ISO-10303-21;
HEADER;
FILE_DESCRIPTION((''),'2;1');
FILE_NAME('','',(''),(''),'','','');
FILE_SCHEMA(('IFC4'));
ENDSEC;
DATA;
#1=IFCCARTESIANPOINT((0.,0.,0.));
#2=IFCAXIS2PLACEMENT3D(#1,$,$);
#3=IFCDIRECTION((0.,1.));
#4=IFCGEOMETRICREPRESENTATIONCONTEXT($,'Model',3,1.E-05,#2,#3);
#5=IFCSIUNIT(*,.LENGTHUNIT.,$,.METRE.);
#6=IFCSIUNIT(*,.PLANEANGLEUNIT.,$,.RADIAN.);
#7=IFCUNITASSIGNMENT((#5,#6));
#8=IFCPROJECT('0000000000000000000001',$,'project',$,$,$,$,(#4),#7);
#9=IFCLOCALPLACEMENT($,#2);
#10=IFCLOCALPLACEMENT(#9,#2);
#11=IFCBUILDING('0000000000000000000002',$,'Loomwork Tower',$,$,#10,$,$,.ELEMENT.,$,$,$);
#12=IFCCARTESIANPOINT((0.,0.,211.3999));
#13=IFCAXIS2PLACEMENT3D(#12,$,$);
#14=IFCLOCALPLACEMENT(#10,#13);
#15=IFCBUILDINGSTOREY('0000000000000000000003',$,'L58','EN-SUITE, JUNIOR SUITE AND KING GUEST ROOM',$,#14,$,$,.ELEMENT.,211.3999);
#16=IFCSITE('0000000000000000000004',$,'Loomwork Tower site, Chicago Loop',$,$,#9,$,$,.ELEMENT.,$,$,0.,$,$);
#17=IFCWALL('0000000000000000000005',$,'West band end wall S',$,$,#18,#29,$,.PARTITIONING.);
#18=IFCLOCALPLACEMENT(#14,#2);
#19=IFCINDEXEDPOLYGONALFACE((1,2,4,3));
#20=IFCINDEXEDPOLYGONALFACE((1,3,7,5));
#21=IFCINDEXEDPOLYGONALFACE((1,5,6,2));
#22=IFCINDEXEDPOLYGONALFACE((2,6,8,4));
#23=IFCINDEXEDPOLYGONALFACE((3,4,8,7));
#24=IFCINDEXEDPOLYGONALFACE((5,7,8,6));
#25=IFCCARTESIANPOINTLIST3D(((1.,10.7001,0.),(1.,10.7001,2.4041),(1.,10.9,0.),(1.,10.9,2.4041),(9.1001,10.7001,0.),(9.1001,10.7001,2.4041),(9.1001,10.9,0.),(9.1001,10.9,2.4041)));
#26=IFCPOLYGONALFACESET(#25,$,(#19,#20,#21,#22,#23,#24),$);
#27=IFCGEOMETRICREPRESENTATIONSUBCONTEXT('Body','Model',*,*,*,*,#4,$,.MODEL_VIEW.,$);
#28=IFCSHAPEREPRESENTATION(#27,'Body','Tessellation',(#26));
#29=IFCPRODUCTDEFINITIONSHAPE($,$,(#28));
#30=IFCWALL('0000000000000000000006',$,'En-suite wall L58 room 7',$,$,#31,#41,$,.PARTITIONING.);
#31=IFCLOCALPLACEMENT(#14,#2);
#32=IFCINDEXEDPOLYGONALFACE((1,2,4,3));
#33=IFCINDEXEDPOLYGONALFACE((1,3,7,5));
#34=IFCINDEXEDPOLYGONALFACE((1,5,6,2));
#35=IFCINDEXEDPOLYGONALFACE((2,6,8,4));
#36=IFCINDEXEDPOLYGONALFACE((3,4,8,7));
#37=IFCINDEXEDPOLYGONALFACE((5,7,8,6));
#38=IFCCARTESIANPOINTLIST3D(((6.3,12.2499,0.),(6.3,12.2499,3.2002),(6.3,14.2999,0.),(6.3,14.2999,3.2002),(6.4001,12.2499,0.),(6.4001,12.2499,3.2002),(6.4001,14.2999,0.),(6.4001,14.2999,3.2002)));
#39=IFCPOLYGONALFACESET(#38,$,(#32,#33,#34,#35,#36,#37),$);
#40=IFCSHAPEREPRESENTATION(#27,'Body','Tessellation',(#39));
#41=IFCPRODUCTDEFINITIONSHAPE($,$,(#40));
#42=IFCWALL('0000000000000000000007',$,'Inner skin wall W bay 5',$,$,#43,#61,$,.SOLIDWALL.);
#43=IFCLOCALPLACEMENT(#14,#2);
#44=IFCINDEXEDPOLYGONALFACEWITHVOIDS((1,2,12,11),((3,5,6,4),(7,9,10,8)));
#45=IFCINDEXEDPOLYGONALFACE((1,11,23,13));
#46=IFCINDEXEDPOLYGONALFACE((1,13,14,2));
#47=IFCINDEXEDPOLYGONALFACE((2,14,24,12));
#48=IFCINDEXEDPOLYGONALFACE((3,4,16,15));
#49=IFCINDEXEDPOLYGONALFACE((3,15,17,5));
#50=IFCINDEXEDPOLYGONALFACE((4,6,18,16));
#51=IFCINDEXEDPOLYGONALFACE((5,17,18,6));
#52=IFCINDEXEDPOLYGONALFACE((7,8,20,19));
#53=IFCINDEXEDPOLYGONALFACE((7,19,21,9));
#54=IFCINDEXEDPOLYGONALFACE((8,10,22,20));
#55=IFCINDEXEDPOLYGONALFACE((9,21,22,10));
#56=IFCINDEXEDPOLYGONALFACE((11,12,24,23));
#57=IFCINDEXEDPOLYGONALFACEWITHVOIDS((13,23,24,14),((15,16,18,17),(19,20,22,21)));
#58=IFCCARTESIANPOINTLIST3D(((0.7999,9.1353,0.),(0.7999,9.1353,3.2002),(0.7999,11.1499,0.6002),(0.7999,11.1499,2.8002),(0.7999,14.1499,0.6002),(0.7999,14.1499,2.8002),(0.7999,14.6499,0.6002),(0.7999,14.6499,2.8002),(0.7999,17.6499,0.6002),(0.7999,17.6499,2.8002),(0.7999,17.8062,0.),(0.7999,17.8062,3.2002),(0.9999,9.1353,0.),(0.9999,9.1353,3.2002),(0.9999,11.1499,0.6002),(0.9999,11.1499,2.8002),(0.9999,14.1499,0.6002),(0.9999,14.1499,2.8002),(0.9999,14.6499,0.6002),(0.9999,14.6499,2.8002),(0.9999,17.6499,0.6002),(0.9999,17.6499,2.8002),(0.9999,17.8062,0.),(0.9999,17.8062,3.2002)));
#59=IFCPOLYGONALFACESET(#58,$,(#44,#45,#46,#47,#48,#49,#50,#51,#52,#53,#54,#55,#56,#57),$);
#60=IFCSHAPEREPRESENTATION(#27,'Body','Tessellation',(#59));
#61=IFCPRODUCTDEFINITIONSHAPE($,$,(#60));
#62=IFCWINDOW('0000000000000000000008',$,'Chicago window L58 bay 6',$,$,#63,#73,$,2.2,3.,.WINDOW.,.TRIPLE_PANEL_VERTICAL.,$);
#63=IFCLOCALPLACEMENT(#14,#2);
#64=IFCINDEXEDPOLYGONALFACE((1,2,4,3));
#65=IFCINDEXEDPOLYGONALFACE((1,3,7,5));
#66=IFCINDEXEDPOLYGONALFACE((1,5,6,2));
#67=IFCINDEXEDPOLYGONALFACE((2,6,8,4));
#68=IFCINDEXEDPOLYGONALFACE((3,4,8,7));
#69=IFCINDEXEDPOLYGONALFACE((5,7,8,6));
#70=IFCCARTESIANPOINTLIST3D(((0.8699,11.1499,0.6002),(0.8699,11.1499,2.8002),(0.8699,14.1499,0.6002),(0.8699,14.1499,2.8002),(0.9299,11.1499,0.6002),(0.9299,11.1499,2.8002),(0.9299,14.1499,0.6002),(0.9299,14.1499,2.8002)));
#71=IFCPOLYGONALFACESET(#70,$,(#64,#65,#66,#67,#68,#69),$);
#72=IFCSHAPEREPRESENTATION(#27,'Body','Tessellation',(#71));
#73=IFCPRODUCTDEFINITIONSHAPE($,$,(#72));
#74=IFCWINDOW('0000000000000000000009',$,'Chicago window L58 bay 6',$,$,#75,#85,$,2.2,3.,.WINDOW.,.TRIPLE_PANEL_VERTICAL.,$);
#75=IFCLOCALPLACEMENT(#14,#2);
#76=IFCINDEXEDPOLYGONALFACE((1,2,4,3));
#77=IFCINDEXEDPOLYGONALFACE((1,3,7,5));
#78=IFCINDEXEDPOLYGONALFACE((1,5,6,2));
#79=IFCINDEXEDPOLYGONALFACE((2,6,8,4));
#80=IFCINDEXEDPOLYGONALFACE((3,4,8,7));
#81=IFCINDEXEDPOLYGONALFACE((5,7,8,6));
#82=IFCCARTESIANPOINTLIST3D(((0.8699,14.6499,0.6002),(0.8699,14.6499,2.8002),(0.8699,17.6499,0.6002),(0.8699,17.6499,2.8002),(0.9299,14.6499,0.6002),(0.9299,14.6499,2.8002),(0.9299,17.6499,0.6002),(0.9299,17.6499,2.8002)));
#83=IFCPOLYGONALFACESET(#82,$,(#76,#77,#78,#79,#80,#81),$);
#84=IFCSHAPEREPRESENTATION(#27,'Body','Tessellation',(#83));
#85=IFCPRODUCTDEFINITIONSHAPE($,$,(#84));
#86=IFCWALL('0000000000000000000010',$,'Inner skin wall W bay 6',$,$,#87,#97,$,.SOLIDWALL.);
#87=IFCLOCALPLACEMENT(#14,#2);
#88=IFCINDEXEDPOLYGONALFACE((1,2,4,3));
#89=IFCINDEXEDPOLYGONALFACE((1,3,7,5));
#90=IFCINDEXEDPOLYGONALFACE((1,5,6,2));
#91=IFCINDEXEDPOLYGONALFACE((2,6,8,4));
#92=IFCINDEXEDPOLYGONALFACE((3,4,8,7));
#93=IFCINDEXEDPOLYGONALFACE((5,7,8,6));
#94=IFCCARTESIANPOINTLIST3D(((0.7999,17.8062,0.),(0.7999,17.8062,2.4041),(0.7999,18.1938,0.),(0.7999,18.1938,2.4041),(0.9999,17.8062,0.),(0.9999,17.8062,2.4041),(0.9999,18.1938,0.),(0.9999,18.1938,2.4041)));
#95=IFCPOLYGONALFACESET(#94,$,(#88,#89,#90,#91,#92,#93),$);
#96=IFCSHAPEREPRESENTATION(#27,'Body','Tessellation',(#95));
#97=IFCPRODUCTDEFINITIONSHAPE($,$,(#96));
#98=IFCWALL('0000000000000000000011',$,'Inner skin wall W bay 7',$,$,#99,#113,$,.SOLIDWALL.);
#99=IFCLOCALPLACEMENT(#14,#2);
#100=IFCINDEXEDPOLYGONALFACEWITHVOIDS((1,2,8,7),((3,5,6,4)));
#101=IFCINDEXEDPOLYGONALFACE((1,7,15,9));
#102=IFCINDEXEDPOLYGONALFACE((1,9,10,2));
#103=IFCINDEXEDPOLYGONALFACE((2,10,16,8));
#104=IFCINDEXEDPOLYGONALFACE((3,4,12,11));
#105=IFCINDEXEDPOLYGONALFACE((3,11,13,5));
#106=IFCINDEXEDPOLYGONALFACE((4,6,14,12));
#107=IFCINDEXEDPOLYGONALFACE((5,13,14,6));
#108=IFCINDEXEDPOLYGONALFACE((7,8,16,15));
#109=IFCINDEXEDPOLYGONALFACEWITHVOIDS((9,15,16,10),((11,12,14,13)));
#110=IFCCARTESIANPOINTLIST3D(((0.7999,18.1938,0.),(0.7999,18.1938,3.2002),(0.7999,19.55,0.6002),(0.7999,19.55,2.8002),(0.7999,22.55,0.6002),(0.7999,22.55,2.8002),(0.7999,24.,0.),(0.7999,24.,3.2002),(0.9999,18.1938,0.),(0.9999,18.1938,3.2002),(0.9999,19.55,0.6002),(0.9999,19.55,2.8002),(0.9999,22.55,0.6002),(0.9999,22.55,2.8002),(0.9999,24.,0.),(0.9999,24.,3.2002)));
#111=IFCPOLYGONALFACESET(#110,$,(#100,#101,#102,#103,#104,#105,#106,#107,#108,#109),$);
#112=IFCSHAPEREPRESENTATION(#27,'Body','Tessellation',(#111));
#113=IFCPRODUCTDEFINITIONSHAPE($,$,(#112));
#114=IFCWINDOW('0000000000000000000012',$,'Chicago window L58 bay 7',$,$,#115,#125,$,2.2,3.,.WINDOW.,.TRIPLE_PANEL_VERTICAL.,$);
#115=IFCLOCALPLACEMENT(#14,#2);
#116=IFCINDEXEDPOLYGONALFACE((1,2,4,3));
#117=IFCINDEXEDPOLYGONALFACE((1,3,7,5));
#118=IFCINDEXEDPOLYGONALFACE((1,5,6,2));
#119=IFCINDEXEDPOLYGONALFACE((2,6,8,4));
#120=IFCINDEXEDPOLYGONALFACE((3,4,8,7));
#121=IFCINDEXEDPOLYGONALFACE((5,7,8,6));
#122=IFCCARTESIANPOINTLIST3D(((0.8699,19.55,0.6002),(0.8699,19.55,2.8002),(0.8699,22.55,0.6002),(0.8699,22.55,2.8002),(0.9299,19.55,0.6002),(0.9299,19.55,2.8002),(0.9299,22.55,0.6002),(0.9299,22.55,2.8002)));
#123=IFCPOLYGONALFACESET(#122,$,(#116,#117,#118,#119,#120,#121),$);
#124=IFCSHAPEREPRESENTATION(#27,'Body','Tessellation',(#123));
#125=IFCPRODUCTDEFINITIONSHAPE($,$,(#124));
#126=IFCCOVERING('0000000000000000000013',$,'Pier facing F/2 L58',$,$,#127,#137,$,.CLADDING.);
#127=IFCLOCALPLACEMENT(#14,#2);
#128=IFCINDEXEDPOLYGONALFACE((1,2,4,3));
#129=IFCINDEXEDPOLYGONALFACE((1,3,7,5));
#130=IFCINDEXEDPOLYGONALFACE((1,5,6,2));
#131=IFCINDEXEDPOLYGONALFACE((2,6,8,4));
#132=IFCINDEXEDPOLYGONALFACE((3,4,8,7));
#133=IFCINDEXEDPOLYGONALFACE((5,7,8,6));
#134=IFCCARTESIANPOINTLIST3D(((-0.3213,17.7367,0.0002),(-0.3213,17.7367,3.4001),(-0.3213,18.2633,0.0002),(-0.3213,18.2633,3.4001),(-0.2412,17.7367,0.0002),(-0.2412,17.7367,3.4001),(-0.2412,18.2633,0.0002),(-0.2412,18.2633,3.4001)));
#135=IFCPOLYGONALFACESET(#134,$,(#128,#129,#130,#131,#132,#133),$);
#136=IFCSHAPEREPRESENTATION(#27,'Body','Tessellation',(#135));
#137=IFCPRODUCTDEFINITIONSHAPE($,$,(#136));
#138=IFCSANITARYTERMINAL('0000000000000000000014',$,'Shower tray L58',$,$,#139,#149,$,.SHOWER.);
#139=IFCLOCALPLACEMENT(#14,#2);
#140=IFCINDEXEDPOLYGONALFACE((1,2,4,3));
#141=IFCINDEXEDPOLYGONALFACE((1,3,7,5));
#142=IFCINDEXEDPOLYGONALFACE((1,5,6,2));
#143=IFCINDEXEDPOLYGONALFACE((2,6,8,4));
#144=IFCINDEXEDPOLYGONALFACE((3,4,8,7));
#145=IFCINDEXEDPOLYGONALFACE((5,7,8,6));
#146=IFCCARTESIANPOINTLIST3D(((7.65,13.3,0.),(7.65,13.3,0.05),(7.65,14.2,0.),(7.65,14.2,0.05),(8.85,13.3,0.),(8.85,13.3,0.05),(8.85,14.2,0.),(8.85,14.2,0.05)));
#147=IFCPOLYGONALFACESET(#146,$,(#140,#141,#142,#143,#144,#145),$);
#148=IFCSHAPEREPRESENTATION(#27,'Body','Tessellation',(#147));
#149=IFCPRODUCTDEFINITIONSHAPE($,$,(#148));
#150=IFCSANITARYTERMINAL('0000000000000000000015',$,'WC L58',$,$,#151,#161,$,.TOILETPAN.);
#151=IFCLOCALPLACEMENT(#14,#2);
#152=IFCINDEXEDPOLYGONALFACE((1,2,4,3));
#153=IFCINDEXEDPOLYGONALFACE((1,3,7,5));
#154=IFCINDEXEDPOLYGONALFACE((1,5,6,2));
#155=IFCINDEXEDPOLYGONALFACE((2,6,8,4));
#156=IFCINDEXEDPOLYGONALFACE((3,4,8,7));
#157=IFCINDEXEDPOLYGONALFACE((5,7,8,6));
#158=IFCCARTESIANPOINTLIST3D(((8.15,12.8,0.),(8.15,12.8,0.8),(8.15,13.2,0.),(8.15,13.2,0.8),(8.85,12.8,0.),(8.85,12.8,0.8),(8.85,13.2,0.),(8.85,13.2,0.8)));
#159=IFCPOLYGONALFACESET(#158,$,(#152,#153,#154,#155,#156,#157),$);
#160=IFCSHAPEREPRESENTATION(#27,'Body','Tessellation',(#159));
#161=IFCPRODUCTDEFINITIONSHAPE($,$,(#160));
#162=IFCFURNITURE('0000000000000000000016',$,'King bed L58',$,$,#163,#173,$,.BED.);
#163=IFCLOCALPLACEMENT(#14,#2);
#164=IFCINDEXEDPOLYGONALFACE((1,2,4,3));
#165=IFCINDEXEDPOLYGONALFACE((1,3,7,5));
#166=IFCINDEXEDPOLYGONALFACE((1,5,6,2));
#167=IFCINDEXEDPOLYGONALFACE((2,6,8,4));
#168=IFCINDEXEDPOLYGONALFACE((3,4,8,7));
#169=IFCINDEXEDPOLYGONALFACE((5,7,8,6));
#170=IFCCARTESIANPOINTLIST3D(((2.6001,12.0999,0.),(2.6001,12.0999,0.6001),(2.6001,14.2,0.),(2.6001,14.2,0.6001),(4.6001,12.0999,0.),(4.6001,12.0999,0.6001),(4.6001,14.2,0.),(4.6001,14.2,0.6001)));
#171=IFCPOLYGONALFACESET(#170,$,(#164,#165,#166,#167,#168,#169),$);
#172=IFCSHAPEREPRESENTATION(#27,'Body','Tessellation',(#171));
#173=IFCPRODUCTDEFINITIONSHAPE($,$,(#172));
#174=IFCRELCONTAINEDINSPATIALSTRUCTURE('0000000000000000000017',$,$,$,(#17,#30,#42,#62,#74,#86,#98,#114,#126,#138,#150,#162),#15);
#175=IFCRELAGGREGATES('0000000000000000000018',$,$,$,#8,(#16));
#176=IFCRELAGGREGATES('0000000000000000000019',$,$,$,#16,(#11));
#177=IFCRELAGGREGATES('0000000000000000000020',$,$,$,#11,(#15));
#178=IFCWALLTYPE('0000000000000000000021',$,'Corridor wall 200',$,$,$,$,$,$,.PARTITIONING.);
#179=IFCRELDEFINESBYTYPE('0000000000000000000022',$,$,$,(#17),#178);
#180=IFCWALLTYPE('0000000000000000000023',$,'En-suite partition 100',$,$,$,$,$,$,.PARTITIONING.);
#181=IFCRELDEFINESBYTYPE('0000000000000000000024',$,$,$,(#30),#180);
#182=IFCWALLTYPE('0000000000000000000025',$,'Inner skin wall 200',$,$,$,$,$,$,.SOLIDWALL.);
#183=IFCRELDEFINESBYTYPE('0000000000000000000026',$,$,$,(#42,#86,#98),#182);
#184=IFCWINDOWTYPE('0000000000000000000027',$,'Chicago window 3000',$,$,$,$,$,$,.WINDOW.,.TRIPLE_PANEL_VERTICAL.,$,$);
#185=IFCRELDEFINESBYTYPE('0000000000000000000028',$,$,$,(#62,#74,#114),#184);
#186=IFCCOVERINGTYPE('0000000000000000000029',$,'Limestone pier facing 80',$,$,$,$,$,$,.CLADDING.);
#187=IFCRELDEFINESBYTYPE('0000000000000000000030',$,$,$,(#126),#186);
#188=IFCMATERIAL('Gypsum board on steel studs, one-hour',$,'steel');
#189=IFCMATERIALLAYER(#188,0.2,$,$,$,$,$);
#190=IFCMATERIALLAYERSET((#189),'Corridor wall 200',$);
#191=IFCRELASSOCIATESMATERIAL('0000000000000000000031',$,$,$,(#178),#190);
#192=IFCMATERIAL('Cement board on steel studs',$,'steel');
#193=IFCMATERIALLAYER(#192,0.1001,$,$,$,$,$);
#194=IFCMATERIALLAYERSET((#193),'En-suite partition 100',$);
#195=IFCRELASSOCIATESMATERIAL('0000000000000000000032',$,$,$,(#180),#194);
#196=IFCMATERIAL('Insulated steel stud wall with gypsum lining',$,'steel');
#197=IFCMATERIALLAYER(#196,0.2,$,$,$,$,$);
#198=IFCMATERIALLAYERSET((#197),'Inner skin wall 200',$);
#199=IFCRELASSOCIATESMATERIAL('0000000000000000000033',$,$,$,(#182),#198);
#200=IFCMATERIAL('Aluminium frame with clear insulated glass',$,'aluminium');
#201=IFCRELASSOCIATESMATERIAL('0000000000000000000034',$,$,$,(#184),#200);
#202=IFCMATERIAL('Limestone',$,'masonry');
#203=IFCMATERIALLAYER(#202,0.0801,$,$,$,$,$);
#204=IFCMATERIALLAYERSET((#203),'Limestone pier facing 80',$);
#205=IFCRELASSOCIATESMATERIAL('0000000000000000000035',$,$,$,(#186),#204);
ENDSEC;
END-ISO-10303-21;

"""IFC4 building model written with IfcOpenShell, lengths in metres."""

from ifc_helpers import new_model, si_unit, direction, frame, frame_2d, origin, origin_2d, place, context, subcontext, project, spatial, rectangle, extrude, material, layer, layer_set, type_object, element, fill, save


model = new_model("IFC4")

# Units and contexts
model_context = context("Model", 3, precision=1e-05, world=origin(), true_north=direction((0.0, 1.0)))
body_context = subcontext(model_context, "Body", "Model", "MODEL_VIEW")
ifc_project = project(units=[si_unit("LENGTHUNIT", "METRE"), si_unit("PLANEANGLEUNIT", "RADIAN")], contexts=[model_context])

# Site, building, storey
site_placement = place(None, origin())
site = spatial("IfcSite", under=ifc_project, at=site_placement, Name="Loomwork Tower site, Chicago Loop", CompositionType="ELEMENT", RefElevation=0.0)
building_placement = place(site_placement, origin())
building = spatial("IfcBuilding", under=site, at=building_placement, Name="Loomwork Tower", CompositionType="ELEMENT")
storey_placement = place(building_placement, frame((0.0, 0.0, 211.3999)))
storey = spatial("IfcBuildingStorey", under=building, at=storey_placement, Name="L58", Description="EN-SUITE, JUNIOR SUITE AND KING GUEST ROOM", CompositionType="ELEMENT", Elevation=211.3999)

# Walls
ifc_material_1 = material(Name="Gypsum board on steel studs, one-hour", Category="steel")
ifc_layer_1 = layer(ifc_material_1, 0.2)
ifc_layer_set_1 = layer_set([ifc_layer_1], Name="Corridor wall 200")
wall_type_1 = type_object("IfcWallType", Name="Corridor wall 200", PredefinedType="PARTITIONING", material=ifc_layer_set_1)
wall_1_placement = place(storey_placement, frame((1.0, 10.8, 0.0), z_axis=(0.0, 0.0, 1.0), x_axis=(1.0, 0.0, 0.0)))
element("IfcWall", 1, at=wall_1_placement, inside=storey, type_object=wall_type_1, Name="West band end wall S", PredefinedType="PARTITIONING", context=body_context, shape_type="SweptSolid", body=[
    extrude(rectangle(XDim=8.1001, YDim=0.2, at=frame_2d((4.05, 0.0))), origin(), (0.0, 0.0, 1.0), 2.4041),
])
ifc_material_2 = material(Name="Cement board on steel studs", Category="steel")
ifc_layer_2 = layer(ifc_material_2, 0.1001)
ifc_layer_set_2 = layer_set([ifc_layer_2], Name="En-suite partition 100")
wall_type_2 = type_object("IfcWallType", Name="En-suite partition 100", PredefinedType="PARTITIONING", material=ifc_layer_set_2)
wall_2_placement = place(storey_placement, frame((6.3501, 12.25, 0.0), z_axis=(0.0, 0.0, 1.0), x_axis=(0.0, 1.0, 0.0)))
element("IfcWall", 2, at=wall_2_placement, inside=storey, type_object=wall_type_2, Name="En-suite wall L58 room 7", PredefinedType="PARTITIONING", context=body_context, shape_type="SweptSolid", body=[
    extrude(rectangle(XDim=2.05, YDim=0.1001, at=frame_2d((1.0249, 0.0))), origin(), (0.0, 0.0, 1.0), 3.2002),
])

# Wall, openings, windows
ifc_material_3 = material(Name="Insulated steel stud wall with gypsum lining", Category="steel")
ifc_layer_3 = layer(ifc_material_3, 0.2)
ifc_layer_set_3 = layer_set([ifc_layer_3], Name="Inner skin wall 200")
wall_type_3 = type_object("IfcWallType", Name="Inner skin wall 200", PredefinedType="SOLIDWALL", material=ifc_layer_set_3)
wall_3_placement = place(storey_placement, frame((0.8999, 9.1353, 0.0), z_axis=(0.0, 0.0, 1.0), x_axis=(0.0, 1.0, 0.0)))
wall_3 = element("IfcWall", 3, at=wall_3_placement, inside=storey, type_object=wall_type_3, Name="Inner skin wall W bay 5", PredefinedType="SOLIDWALL", context=body_context, shape_type="SweptSolid", body=[
    extrude(rectangle(XDim=8.6709, YDim=0.2, at=frame_2d((4.3354, 0.0))), origin(), (0.0, 0.0, 1.0), 3.2002),
])
opening_1_placement = place(wall_3_placement, frame((2.0146, 0.0, 0.6001)))
opening_1 = element("IfcOpeningElement", 4, at=opening_1_placement, cuts=wall_3, PredefinedType="OPENING", context=body_context, shape_type="SweptSolid", body=[
    extrude(rectangle(XDim=3.0, YDim=2.2, at=frame_2d((1.5, 1.1001))), frame((0.0, 0.1099, 0.0), z_axis=(0.0, -1.0, 0.0), x_axis=(1.0, 0.0, 0.0)), (0.0, 0.0, 1.0), 0.22),
])
opening_2_placement = place(wall_3_placement, frame((5.5146, 0.0, 0.6001)))
opening_2 = element("IfcOpeningElement", 5, at=opening_2_placement, cuts=wall_3, PredefinedType="OPENING", context=body_context, shape_type="SweptSolid", body=[
    extrude(rectangle(XDim=3.0, YDim=2.2, at=frame_2d((1.5, 1.1001))), frame((0.0, 0.1099, 0.0), z_axis=(0.0, -1.0, 0.0), x_axis=(1.0, 0.0, 0.0)), (0.0, 0.0, 1.0), 0.22),
])
ifc_material_4 = material(Name="Aluminium frame with clear insulated glass", Category="aluminium")
window_type = type_object("IfcWindowType", Name="Chicago window 3000", PartitioningType="TRIPLE_PANEL_VERTICAL", PredefinedType="WINDOW", material=ifc_material_4)
window_1_placement = place(opening_1_placement, origin())
window_1 = element("IfcWindow", 6, at=window_1_placement, inside=storey, type_object=window_type, Name="Chicago window L58 bay 6", OverallHeight=2.2, OverallWidth=3.0, PartitioningType="TRIPLE_PANEL_VERTICAL", PredefinedType="WINDOW", context=body_context, shape_type="SweptSolid", body=[
    extrude(rectangle(XDim=3.0, YDim=2.2, at=frame_2d((1.5, 1.1001))), frame((0.0, 0.03, 0.0), z_axis=(0.0, -1.0, 0.0), x_axis=(1.0, 0.0, 0.0)), (0.0, 0.0, 1.0), 0.0601),
])
fill(opening_1, window_1)
window_2_placement = place(opening_2_placement, origin())
window_2 = element("IfcWindow", 7, at=window_2_placement, inside=storey, type_object=window_type, Name="Chicago window L58 bay 6", OverallHeight=2.2, OverallWidth=3.0, PartitioningType="TRIPLE_PANEL_VERTICAL", PredefinedType="WINDOW", context=body_context, shape_type="SweptSolid", body=[
    extrude(rectangle(XDim=3.0, YDim=2.2, at=frame_2d((1.5, 1.1001))), frame((0.0, 0.03, 0.0), z_axis=(0.0, -1.0, 0.0), x_axis=(1.0, 0.0, 0.0)), (0.0, 0.0, 1.0), 0.0601),
])
fill(opening_2, window_2)

# Wall
wall_4_placement = place(storey_placement, frame((0.8999, 17.8062, 0.0), z_axis=(0.0, 0.0, 1.0), x_axis=(0.0, 1.0, 0.0)))
element("IfcWall", 8, at=wall_4_placement, inside=storey, type_object=wall_type_3, Name="Inner skin wall W bay 6", PredefinedType="SOLIDWALL", context=body_context, shape_type="SweptSolid", body=[
    extrude(rectangle(XDim=0.3877, YDim=0.2, at=frame_2d((0.1938, 0.0))), origin(), (0.0, 0.0, 1.0), 2.4041),
])

# Wall, opening, window
wall_5_placement = place(storey_placement, frame((0.8999, 18.1938, 0.0), z_axis=(0.0, 0.0, 1.0), x_axis=(0.0, 1.0, 0.0)))
wall_5 = element("IfcWall", 9, at=wall_5_placement, inside=storey, type_object=wall_type_3, Name="Inner skin wall W bay 7", PredefinedType="SOLIDWALL", context=body_context, shape_type="SweptSolid", body=[
    extrude(rectangle(XDim=5.8062, YDim=0.2, at=frame_2d((2.9031, 0.0))), origin(), (0.0, 0.0, 1.0), 3.2002),
])
opening_3_placement = place(wall_5_placement, frame((1.3562, 0.0, 0.6001)))
opening_3 = element("IfcOpeningElement", 10, at=opening_3_placement, cuts=wall_5, PredefinedType="OPENING", context=body_context, shape_type="SweptSolid", body=[
    extrude(rectangle(XDim=3.0, YDim=2.2, at=frame_2d((1.5, 1.1001))), frame((0.0, 0.1099, 0.0), z_axis=(0.0, -1.0, 0.0), x_axis=(1.0, 0.0, 0.0)), (0.0, 0.0, 1.0), 0.22),
])
window_3_placement = place(opening_3_placement, origin())
window_3 = element("IfcWindow", 11, at=window_3_placement, inside=storey, type_object=window_type, Name="Chicago window L58 bay 7", OverallHeight=2.2, OverallWidth=3.0, PartitioningType="TRIPLE_PANEL_VERTICAL", PredefinedType="WINDOW", context=body_context, shape_type="SweptSolid", body=[
    extrude(rectangle(XDim=3.0, YDim=2.2, at=frame_2d((1.5, 1.1001))), frame((0.0, 0.03, 0.0), z_axis=(0.0, -1.0, 0.0), x_axis=(1.0, 0.0, 0.0)), (0.0, 0.0, 1.0), 0.0601),
])
fill(opening_3, window_3)

# Covering
ifc_material_5 = material(Name="Limestone", Category="masonry")
ifc_layer_4 = layer(ifc_material_5, 0.0801)
ifc_layer_set_4 = layer_set([ifc_layer_4], Name="Limestone pier facing 80")
covering_type = type_object("IfcCoveringType", Name="Limestone pier facing 80", PredefinedType="CLADDING", material=ifc_layer_set_4)
covering_placement = place(storey_placement, frame((-0.2812, 18.0, 0.0002), z_axis=(0.0, 0.0, 1.0), x_axis=(1.0, 0.0, 0.0)))
element("IfcCovering", 12, at=covering_placement, inside=storey, type_object=covering_type, Name="Pier facing F/2 L58", PredefinedType="CLADDING", context=body_context, shape_type="SweptSolid", body=[
    extrude(rectangle(XDim=0.0801, YDim=0.5266, at=origin_2d()), origin(), (0.0, 0.0, 1.0), 3.3999),
])

# Sanitary terminals
sanitary_terminal_1_placement = place(storey_placement, frame((8.25, 13.75, 0.0), z_axis=(0.0, 0.0, 1.0), x_axis=(1.0, 0.0, 0.0)))
element("IfcSanitaryTerminal", 13, at=sanitary_terminal_1_placement, inside=storey, Name="Shower tray L58", PredefinedType="SHOWER", context=body_context, shape_type="SweptSolid", body=[
    extrude(rectangle(XDim=1.2, YDim=0.8999, at=origin_2d()), origin(), (0.0, 0.0, 1.0), 0.05),
])
sanitary_terminal_2_placement = place(storey_placement, frame((8.5, 13.0, 0.0), z_axis=(0.0, 0.0, 1.0), x_axis=(1.0, 0.0, 0.0)))
element("IfcSanitaryTerminal", 14, at=sanitary_terminal_2_placement, inside=storey, Name="WC L58", PredefinedType="TOILETPAN", context=body_context, shape_type="SweptSolid", body=[
    extrude(rectangle(XDim=0.7, YDim=0.3999, at=origin_2d()), origin(), (0.0, 0.0, 1.0), 0.8),
])

# Furniture
furniture_1_placement = place(storey_placement, frame((3.6001, 13.1499, 0.0), z_axis=(0.0, 0.0, 1.0), x_axis=(1.0, 0.0, 0.0)))
element("IfcFurniture", 15, at=furniture_1_placement, inside=storey, Name="King bed L58", PredefinedType="BED", context=body_context, shape_type="SweptSolid", body=[
    extrude(rectangle(XDim=2.0, YDim=2.1001, at=origin_2d()), origin(), (0.0, 0.0, 1.0), 0.6001),
])

save(model, "model.ifc")
